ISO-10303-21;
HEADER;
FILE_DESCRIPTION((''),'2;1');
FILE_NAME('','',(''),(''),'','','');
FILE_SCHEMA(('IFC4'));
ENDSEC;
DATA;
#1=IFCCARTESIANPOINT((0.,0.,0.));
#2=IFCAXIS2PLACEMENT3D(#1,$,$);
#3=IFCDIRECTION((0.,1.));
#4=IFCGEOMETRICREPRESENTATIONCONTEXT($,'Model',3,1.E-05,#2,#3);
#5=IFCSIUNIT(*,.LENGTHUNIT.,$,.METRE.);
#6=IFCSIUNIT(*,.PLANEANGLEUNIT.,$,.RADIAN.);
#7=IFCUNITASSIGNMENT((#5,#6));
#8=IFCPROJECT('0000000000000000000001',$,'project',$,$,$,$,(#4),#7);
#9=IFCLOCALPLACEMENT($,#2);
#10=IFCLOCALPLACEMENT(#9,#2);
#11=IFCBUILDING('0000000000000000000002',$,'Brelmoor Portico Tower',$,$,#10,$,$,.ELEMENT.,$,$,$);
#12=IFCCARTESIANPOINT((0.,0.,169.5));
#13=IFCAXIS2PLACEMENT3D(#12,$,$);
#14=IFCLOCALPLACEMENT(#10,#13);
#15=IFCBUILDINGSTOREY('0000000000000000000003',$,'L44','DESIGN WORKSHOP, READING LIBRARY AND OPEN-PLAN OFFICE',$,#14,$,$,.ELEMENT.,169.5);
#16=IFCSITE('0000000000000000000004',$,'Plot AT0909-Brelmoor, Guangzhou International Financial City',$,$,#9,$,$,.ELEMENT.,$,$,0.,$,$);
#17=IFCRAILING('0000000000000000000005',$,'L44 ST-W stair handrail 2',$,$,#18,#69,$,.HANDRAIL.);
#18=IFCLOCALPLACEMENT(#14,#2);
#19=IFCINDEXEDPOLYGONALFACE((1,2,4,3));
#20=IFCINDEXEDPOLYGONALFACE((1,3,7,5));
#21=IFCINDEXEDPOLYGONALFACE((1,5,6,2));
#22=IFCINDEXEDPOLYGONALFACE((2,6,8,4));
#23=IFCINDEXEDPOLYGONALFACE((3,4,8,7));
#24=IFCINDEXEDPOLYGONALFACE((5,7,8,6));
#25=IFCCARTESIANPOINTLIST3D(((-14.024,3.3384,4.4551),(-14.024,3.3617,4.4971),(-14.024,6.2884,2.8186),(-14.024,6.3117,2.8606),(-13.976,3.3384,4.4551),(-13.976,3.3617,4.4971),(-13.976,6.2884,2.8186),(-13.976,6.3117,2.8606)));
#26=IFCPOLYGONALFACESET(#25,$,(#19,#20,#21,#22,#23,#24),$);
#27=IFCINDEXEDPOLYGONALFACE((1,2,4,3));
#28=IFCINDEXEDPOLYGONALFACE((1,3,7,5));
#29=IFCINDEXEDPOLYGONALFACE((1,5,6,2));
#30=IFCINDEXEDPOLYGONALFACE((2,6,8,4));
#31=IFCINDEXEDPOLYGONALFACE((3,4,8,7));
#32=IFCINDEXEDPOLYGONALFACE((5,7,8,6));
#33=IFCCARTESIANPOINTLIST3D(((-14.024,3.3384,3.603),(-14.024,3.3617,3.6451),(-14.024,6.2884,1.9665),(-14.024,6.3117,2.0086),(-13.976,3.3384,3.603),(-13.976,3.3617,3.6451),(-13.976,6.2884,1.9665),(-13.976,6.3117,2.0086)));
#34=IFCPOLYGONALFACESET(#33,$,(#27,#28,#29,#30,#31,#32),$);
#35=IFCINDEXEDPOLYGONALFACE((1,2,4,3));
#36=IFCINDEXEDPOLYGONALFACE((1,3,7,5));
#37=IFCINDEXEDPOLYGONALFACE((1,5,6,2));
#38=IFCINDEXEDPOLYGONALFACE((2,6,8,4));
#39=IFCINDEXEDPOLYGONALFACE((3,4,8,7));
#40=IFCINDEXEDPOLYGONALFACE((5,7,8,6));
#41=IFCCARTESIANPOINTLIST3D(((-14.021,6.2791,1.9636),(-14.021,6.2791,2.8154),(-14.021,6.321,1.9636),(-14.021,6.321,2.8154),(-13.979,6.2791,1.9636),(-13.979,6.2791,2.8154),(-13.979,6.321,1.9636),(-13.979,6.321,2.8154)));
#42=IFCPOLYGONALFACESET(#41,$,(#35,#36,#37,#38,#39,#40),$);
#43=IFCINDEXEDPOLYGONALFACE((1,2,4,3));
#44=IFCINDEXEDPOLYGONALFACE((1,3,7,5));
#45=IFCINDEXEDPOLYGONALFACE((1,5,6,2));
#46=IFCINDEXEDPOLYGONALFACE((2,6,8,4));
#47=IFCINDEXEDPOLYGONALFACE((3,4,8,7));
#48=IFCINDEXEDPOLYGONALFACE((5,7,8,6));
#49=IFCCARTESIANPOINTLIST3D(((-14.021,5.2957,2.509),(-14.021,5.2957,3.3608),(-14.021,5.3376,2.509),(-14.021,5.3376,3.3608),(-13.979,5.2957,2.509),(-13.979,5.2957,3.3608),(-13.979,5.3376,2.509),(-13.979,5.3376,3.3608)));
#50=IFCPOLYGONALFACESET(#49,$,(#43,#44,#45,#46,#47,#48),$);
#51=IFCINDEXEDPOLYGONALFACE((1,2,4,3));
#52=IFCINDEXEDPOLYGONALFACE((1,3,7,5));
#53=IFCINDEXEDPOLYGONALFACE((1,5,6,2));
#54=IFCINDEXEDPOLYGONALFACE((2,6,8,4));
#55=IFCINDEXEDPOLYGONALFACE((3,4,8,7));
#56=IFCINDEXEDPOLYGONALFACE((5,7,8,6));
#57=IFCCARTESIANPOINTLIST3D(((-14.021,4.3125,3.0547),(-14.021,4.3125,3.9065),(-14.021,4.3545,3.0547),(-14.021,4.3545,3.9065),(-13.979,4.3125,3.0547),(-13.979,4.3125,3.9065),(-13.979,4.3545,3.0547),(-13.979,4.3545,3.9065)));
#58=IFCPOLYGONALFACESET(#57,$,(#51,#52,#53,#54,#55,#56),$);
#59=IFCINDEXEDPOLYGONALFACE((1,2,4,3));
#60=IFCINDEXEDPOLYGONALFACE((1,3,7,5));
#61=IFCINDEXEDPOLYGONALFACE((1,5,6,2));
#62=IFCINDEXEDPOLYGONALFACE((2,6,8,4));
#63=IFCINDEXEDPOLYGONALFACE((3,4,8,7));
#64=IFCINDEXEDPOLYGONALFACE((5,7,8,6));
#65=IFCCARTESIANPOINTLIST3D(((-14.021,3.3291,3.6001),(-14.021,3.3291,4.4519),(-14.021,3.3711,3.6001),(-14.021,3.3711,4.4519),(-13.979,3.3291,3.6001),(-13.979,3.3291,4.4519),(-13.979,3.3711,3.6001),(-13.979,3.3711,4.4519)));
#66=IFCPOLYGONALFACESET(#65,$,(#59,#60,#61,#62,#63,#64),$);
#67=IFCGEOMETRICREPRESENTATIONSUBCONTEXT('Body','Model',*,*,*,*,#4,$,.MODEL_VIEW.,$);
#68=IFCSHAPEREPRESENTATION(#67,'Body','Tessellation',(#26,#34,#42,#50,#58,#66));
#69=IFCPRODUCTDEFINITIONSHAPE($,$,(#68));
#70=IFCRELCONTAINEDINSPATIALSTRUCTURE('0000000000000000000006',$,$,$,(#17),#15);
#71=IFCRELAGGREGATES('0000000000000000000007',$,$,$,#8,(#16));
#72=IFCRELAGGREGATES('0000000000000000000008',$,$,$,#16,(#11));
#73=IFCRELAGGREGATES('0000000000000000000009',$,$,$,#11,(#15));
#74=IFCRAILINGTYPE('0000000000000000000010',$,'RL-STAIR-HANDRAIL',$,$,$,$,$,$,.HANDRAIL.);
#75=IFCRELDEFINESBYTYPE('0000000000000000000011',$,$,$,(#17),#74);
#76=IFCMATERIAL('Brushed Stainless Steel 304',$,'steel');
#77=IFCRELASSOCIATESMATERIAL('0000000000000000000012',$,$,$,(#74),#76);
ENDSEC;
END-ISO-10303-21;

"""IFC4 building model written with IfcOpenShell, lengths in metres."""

from ifc_helpers import new_model, si_unit, direction, frame, origin, origin_2d, place, context, subcontext, project, spatial, rectangle, extrude, material, type_object, element, save


model = new_model("IFC4")

# Units and contexts
model_context = context("Model", 3, precision=1e-05, world=origin(), true_north=direction((0.0, 1.0)))
body_context = subcontext(model_context, "Body", "Model", "MODEL_VIEW")
ifc_project = project(units=[si_unit("LENGTHUNIT", "METRE"), si_unit("PLANEANGLEUNIT", "RADIAN")], contexts=[model_context])

# Site, building, storey
site_placement = place(None, origin())
site = spatial("IfcSite", under=ifc_project, at=site_placement, Name="Plot AT0909-Brelmoor, Guangzhou International Financial City", CompositionType="ELEMENT", RefElevation=0.0)
building_placement = place(site_placement, origin())
building = spatial("IfcBuilding", under=site, at=building_placement, Name="Brelmoor Portico Tower", CompositionType="ELEMENT")
storey_placement = place(building_placement, frame((0.0, 0.0, 169.5)))
storey = spatial("IfcBuildingStorey", under=building, at=storey_placement, Name="L44", Description="DESIGN WORKSHOP, READING LIBRARY AND OPEN-PLAN OFFICE", CompositionType="ELEMENT", Elevation=169.5)

# Railing
ifc_material_1 = material(Name="Brushed Stainless Steel 304", Category="steel")
railing_type_1 = type_object("IfcRailingType", Name="RL-STAIR-HANDRAIL", PredefinedType="HANDRAIL", material=ifc_material_1)
railing_1_placement = place(storey_placement, frame((-14.0, 6.3, 1.9636)))
element("IfcRailing", 1, at=railing_1_placement, inside=storey, type_object=railing_type_1, Name="L44 ST-W stair handrail 2", PredefinedType="HANDRAIL", context=body_context, shape_type="SweptSolid", body=[
    extrude(rectangle(XDim=0.0481, YDim=0.0481, at=origin_2d()), frame((0.0, 0.0, 0.876), z_axis=(0.0, -0.874458, 0.485102), x_axis=(1.0, 0.0, 0.0)), (0.0, 0.0, 1.0), 3.3735),
    extrude(rectangle(XDim=0.0481, YDim=0.0481, at=origin_2d()), frame((0.0, 0.0, 0.0239), z_axis=(0.0, -0.874458, 0.485102), x_axis=(1.0, 0.0, 0.0)), (0.0, 0.0, 1.0), 3.3735),
    extrude(rectangle(XDim=0.042, YDim=0.042, at=origin_2d()), origin(), (0.0, 0.0, 1.0), 0.8518),
    extrude(rectangle(XDim=0.042, YDim=0.042, at=origin_2d()), frame((0.0, -0.9834, 0.5454)), (0.0, 0.0, 1.0), 0.8518),
    extrude(rectangle(XDim=0.042, YDim=0.042, at=origin_2d()), frame((0.0, -1.9666, 1.0911)), (0.0, 0.0, 1.0), 0.8518),
    extrude(rectangle(XDim=0.042, YDim=0.042, at=origin_2d()), frame((0.0, -2.95, 1.6365)), (0.0, 0.0, 1.0), 0.8518),
])

save(model, "model.ifc")
